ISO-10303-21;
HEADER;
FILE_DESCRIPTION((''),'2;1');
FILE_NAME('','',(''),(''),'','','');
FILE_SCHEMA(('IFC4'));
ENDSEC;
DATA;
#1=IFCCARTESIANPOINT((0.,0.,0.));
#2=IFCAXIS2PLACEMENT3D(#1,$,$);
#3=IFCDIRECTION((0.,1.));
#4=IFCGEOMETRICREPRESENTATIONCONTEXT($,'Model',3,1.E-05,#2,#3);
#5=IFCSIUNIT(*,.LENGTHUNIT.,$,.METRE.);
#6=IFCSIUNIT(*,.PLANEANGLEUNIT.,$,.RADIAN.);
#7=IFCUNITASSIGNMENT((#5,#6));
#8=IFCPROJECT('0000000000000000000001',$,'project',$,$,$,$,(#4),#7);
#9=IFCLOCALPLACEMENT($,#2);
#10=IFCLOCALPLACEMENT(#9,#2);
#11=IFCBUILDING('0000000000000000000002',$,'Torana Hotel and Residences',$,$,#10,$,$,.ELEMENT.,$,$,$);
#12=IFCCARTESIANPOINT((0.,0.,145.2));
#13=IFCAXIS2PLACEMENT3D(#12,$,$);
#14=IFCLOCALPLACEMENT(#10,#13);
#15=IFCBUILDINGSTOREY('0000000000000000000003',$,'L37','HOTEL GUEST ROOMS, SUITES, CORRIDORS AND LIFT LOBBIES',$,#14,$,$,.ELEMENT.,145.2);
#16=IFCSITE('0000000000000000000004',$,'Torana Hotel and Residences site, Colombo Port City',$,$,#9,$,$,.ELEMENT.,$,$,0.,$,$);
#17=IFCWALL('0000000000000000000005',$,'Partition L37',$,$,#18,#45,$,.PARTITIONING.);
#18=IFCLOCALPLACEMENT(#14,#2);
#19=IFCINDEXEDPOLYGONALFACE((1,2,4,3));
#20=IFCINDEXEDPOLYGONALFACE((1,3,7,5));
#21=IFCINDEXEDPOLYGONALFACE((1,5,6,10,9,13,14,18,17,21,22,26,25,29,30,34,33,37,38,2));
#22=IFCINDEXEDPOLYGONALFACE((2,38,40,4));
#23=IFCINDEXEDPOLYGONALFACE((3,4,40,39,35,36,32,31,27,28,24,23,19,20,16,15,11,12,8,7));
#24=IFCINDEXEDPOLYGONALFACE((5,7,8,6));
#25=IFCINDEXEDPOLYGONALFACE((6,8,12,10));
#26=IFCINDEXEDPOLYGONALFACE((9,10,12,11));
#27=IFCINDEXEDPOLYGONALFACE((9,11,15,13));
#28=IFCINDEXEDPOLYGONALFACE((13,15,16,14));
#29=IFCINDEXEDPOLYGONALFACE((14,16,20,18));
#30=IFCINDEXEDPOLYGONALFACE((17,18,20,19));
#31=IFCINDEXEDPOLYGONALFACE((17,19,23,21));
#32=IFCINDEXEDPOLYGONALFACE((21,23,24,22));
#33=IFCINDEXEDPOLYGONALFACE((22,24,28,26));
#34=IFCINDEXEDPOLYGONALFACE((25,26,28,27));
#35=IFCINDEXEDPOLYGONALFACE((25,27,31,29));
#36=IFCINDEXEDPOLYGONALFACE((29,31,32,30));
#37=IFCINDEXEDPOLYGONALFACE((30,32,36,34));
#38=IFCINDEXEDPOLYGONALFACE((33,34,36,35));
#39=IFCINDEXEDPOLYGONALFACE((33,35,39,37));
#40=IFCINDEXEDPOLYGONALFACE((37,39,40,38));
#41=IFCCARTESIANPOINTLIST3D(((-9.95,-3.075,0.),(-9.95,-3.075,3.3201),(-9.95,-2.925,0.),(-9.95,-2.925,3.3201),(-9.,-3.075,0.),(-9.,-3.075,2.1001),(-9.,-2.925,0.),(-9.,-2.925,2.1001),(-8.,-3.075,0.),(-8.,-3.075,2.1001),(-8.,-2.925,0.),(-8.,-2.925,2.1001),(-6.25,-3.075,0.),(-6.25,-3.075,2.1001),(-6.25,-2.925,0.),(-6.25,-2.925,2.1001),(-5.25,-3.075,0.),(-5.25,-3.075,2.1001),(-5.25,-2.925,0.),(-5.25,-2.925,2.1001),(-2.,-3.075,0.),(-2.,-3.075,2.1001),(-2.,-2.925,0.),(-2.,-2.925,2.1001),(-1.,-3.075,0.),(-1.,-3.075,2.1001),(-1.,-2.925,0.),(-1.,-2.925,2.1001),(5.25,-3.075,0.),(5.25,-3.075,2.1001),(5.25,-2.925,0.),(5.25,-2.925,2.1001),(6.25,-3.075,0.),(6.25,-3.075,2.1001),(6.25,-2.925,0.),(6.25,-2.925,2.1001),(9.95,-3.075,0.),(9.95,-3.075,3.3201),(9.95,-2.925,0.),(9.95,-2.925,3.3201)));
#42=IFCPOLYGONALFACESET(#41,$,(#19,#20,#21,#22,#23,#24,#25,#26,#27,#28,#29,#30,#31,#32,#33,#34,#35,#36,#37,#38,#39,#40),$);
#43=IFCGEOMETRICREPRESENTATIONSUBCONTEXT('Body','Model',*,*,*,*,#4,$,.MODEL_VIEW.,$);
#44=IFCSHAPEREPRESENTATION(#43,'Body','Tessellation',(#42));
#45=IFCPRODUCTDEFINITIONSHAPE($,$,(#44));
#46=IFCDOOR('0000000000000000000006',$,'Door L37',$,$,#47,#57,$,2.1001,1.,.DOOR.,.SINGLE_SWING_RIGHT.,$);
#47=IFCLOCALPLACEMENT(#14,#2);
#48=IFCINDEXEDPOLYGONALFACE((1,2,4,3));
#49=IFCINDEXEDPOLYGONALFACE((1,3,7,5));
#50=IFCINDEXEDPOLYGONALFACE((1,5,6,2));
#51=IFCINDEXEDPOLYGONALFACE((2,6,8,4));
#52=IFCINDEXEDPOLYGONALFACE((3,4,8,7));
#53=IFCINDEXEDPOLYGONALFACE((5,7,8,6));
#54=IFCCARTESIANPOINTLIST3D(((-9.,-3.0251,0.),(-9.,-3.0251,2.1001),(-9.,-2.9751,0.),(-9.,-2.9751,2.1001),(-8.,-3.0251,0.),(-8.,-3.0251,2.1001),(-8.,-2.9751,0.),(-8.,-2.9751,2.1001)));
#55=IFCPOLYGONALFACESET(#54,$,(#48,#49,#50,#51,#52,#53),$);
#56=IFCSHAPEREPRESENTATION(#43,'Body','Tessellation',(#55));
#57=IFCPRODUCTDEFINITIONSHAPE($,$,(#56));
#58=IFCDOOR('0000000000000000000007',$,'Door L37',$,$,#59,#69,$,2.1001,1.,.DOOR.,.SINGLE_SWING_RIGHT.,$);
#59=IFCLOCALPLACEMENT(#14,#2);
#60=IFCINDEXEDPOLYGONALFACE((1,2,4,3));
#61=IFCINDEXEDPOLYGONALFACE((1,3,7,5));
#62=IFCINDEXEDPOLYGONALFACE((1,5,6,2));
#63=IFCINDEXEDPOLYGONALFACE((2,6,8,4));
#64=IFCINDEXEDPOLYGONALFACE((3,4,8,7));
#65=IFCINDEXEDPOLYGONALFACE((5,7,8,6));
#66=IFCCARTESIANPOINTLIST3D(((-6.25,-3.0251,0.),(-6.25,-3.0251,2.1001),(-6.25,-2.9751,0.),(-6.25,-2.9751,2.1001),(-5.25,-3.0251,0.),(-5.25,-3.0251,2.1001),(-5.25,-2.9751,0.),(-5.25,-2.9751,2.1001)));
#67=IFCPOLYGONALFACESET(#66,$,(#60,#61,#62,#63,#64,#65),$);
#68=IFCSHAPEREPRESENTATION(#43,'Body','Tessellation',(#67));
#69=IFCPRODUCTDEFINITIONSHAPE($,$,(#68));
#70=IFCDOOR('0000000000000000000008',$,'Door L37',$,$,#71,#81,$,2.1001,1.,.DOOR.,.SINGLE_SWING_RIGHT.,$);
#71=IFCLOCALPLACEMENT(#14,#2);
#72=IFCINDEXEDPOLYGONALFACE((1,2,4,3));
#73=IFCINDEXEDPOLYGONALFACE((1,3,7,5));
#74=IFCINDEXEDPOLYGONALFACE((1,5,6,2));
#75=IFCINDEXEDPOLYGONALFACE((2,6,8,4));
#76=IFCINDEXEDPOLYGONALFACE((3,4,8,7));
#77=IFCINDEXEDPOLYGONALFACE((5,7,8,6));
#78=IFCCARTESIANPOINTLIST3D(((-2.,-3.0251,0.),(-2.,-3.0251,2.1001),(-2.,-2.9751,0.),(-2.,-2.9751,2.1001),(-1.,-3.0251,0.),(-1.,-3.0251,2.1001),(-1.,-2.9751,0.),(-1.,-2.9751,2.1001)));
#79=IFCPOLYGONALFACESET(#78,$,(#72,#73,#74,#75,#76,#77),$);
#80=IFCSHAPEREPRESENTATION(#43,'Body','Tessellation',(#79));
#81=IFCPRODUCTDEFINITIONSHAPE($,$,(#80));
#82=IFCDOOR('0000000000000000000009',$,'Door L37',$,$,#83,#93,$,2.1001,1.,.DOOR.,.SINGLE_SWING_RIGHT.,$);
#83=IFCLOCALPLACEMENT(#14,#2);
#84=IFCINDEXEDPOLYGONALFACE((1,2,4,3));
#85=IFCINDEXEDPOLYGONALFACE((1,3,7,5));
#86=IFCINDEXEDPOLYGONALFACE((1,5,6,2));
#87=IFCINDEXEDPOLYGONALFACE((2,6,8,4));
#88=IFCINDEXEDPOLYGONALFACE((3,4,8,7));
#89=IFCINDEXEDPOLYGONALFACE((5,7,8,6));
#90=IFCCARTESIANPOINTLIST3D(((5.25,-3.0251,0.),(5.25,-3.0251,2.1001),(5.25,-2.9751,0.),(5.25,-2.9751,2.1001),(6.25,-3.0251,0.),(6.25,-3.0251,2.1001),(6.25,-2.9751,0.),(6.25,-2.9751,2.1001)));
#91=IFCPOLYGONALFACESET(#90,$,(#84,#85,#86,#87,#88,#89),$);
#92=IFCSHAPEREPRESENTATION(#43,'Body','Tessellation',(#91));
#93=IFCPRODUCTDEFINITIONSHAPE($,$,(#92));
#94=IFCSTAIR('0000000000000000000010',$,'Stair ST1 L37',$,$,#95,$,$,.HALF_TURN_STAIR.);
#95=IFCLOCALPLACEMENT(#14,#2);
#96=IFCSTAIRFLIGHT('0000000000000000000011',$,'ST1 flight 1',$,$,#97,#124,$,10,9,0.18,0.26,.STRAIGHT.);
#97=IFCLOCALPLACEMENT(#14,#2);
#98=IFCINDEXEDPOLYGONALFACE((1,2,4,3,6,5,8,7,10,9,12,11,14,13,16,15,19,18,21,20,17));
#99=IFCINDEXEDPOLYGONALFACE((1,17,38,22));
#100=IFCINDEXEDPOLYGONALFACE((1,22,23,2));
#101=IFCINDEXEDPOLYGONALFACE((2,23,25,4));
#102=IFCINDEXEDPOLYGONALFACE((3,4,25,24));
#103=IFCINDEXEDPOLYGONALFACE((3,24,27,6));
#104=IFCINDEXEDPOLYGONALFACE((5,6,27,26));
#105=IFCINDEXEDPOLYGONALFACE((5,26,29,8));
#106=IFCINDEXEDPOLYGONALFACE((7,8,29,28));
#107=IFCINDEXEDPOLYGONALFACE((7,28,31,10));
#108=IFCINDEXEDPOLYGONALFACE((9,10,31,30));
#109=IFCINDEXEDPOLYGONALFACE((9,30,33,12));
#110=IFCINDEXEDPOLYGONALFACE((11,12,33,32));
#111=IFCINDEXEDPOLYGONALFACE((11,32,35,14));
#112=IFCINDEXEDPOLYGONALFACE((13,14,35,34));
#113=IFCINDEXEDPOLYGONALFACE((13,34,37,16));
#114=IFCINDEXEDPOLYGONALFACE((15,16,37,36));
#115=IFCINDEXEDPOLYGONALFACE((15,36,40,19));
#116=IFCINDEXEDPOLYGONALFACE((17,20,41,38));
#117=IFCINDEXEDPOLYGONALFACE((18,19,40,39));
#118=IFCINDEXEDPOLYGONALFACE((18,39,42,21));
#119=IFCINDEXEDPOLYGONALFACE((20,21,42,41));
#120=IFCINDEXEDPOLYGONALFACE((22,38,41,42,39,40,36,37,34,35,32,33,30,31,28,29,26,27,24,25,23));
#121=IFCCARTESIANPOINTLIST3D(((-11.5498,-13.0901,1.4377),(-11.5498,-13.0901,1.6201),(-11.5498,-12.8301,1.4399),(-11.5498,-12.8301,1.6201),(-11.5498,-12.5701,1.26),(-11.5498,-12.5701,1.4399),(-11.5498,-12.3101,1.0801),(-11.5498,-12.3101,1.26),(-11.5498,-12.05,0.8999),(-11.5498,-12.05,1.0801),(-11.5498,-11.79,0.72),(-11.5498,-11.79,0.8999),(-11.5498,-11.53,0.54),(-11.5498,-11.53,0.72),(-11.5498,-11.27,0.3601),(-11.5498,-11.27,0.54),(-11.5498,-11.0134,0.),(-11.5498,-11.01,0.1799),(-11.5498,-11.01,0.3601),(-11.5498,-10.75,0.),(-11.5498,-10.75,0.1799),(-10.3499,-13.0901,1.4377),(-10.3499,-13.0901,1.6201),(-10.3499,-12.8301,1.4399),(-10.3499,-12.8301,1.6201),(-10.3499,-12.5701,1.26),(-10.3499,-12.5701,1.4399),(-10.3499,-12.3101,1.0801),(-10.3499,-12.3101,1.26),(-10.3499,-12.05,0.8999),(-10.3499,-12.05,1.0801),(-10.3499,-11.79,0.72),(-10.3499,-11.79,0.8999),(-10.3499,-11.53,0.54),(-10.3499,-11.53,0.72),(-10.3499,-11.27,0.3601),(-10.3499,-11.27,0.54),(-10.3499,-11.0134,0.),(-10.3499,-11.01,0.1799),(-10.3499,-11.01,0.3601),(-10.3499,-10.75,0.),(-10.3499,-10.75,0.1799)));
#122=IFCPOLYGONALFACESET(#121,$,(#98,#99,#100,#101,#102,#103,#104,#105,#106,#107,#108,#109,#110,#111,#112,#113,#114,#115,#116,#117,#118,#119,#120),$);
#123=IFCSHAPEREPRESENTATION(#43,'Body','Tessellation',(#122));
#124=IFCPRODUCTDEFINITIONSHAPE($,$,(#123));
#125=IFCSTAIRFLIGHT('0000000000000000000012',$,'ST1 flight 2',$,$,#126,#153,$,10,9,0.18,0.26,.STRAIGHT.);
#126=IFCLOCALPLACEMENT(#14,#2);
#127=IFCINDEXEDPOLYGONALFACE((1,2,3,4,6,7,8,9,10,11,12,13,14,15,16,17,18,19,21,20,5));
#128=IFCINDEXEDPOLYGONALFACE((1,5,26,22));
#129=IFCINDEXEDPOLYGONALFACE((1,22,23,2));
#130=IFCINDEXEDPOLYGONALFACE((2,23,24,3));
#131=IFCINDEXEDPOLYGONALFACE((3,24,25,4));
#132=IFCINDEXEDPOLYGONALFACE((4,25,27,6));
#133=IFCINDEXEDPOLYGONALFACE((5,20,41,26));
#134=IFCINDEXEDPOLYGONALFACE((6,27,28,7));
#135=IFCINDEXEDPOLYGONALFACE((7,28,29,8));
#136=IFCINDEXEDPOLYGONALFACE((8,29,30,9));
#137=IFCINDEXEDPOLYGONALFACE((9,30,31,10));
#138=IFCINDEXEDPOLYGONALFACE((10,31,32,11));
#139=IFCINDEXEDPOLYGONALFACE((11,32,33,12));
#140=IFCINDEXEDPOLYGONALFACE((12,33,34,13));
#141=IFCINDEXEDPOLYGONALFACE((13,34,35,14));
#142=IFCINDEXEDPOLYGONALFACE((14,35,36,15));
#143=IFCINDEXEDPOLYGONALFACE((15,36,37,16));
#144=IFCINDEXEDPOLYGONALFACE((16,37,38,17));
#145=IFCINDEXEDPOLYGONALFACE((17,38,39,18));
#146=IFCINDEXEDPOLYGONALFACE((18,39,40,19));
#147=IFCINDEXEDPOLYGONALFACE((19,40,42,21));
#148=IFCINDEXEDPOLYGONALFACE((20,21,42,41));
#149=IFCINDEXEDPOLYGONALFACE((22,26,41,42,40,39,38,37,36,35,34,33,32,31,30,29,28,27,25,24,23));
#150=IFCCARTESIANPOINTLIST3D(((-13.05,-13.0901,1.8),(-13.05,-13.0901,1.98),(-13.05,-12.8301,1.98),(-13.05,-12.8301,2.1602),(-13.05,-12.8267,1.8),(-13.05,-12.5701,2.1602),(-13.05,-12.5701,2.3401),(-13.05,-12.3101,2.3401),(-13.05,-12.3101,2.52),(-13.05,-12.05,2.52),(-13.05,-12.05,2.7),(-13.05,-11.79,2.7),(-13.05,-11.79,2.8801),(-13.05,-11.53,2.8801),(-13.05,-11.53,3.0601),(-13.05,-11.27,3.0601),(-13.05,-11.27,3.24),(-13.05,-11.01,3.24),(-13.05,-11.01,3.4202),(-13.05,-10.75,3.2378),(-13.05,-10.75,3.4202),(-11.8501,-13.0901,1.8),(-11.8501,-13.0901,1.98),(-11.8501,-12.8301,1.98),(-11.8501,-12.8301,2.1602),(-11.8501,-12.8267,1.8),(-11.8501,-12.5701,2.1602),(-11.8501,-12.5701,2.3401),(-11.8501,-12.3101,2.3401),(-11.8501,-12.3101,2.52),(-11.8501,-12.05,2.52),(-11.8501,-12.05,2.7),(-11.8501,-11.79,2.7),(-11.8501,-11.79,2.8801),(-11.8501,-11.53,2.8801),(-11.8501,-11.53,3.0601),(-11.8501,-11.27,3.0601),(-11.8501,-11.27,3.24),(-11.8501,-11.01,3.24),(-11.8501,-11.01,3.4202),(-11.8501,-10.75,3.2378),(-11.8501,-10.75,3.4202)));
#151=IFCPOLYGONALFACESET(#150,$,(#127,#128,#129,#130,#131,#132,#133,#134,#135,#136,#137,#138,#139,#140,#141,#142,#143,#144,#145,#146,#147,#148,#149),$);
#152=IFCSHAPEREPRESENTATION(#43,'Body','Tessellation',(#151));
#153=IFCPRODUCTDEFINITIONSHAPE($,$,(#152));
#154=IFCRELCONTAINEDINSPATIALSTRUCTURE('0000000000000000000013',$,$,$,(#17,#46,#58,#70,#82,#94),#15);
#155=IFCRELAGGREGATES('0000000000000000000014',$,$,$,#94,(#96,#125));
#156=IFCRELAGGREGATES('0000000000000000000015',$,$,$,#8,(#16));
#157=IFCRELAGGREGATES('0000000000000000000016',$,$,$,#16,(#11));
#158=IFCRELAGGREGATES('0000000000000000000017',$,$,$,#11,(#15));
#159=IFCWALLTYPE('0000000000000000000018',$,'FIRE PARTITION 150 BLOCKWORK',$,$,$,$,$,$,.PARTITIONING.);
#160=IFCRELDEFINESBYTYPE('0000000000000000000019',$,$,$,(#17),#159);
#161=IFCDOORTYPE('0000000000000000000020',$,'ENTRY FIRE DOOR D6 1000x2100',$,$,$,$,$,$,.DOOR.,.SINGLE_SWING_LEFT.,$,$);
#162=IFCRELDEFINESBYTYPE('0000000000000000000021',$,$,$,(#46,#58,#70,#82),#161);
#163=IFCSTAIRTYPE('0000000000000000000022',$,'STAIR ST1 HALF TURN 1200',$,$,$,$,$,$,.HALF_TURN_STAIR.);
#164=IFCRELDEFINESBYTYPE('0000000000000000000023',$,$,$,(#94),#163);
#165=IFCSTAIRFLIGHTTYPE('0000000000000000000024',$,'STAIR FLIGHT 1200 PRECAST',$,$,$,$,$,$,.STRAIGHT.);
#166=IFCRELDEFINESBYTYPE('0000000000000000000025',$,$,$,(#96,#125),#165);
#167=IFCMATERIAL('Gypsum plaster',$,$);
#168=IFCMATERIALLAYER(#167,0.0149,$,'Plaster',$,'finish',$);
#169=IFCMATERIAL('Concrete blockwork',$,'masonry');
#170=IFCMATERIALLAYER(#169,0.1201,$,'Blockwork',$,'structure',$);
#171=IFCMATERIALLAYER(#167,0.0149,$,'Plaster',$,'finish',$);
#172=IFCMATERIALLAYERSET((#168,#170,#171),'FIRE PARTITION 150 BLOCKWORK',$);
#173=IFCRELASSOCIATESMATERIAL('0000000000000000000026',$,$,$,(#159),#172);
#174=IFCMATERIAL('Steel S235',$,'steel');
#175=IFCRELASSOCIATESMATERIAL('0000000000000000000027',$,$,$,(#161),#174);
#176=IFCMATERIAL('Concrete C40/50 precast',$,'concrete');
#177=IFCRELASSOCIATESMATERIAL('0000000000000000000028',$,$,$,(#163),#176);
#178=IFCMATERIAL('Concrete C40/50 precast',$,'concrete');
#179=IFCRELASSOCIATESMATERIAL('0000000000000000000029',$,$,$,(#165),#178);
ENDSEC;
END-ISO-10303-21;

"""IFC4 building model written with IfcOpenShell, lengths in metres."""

from ifc_helpers import new_model, si_unit, direction, frame, frame_2d, origin, place, context, subcontext, project, spatial, polyline, rectangle, outline, extrude, material, layer, layer_set, type_object, element, fill, aggregate, save


model = new_model("IFC4")

# Units and contexts
model_context = context("Model", 3, precision=1e-05, world=origin(), true_north=direction((0.0, 1.0)))
body_context = subcontext(model_context, "Body", "Model", "MODEL_VIEW")
ifc_project = project(units=[si_unit("LENGTHUNIT", "METRE"), si_unit("PLANEANGLEUNIT", "RADIAN")], contexts=[model_context])

# Site, building, storey
site_placement = place(None, origin())
site = spatial("IfcSite", under=ifc_project, at=site_placement, Name="Torana Hotel and Residences site, Colombo Port City", CompositionType="ELEMENT", RefElevation=0.0)
building_placement = place(site_placement, origin())
building = spatial("IfcBuilding", under=site, at=building_placement, Name="Torana Hotel and Residences", CompositionType="ELEMENT")
storey_placement = place(building_placement, frame((0.0, 0.0, 145.2)))
storey = spatial("IfcBuildingStorey", under=building, at=storey_placement, Name="L37", Description="HOTEL GUEST ROOMS, SUITES, CORRIDORS AND LIFT LOBBIES", CompositionType="ELEMENT", Elevation=145.2)

# Shared definitions
ifc_material_1 = material(Name="Gypsum plaster")
ifc_layer_1 = layer(ifc_material_1, 0.0149, Name="Plaster", Category="finish")
ifc_material_2 = material(Name="Concrete blockwork", Category="masonry")
ifc_layer_2 = layer(ifc_material_2, 0.1201, Name="Blockwork", Category="structure")
ifc_layer_3 = layer(ifc_material_1, 0.0149, Name="Plaster", Category="finish")
ifc_layer_set_1 = layer_set([ifc_layer_1, ifc_layer_2, ifc_layer_3], Name="FIRE PARTITION 150 BLOCKWORK")
wall_type_1 = type_object("IfcWallType", Name="FIRE PARTITION 150 BLOCKWORK", PredefinedType="PARTITIONING", material=ifc_layer_set_1)

# Wall, openings, doors
ifc_material_3 = material(Name="Steel S235", Category="steel")
door_type_1 = type_object("IfcDoorType", Name="ENTRY FIRE DOOR D6 1000x2100", OperationType="SINGLE_SWING_LEFT", PredefinedType="DOOR", material=ifc_material_3)
wall_1_placement = place(storey_placement, frame((-9.95, -3.0, 0.0), z_axis=(0.0, 0.0, 1.0), x_axis=(1.0, 0.0, 0.0)))
wall_1 = element("IfcWall", 1, at=wall_1_placement, inside=storey, type_object=wall_type_1, Name="Partition L37", PredefinedType="PARTITIONING", context=body_context, shape_type="SweptSolid", body=[
    extrude(rectangle(XDim=19.8999, YDim=0.1499, at=frame_2d((9.95, 0.0))), origin(), (0.0, 0.0, 1.0), 3.3201),
])
opening_1_placement = place(wall_1_placement, frame((0.95, 0.0, 0.0)))
opening_1 = element("IfcOpeningElement", 2, at=opening_1_placement, cuts=wall_1, PredefinedType="OPENING", context=body_context, shape_type="SweptSolid", body=[
    extrude(rectangle(XDim=1.0, YDim=2.1001, at=frame_2d((0.5, 1.05))), frame((0.0, 0.085, 0.0), z_axis=(0.0, -1.0, 0.0), x_axis=(1.0, 0.0, 0.0)), (0.0, 0.0, 1.0), 0.1699),
])
opening_2_placement = place(wall_1_placement, frame((3.7, 0.0, 0.0)))
opening_2 = element("IfcOpeningElement", 3, at=opening_2_placement, cuts=wall_1, PredefinedType="OPENING", context=body_context, shape_type="SweptSolid", body=[
    extrude(rectangle(XDim=1.0, YDim=2.1001, at=frame_2d((0.5, 1.05))), frame((0.0, 0.085, 0.0), z_axis=(0.0, -1.0, 0.0), x_axis=(1.0, 0.0, 0.0)), (0.0, 0.0, 1.0), 0.1699),
])
opening_3_placement = place(wall_1_placement, frame((7.95, 0.0, 0.0)))
opening_3 = element("IfcOpeningElement", 4, at=opening_3_placement, cuts=wall_1, PredefinedType="OPENING", context=body_context, shape_type="SweptSolid", body=[
    extrude(rectangle(XDim=1.0, YDim=2.1001, at=frame_2d((0.5, 1.05))), frame((0.0, 0.085, 0.0), z_axis=(0.0, -1.0, 0.0), x_axis=(1.0, 0.0, 0.0)), (0.0, 0.0, 1.0), 0.1699),
])
opening_4_placement = place(wall_1_placement, frame((15.2, 0.0, 0.0)))
opening_4 = element("IfcOpeningElement", 5, at=opening_4_placement, cuts=wall_1, PredefinedType="OPENING", context=body_context, shape_type="SweptSolid", body=[
    extrude(rectangle(XDim=1.0, YDim=2.1001, at=frame_2d((0.5, 1.05))), frame((0.0, 0.085, 0.0), z_axis=(0.0, -1.0, 0.0), x_axis=(1.0, 0.0, 0.0)), (0.0, 0.0, 1.0), 0.1699),
])
door_1_placement = place(opening_1_placement, origin())
door_1 = element("IfcDoor", 6, at=door_1_placement, inside=storey, type_object=door_type_1, Name="Door L37", OperationType="SINGLE_SWING_RIGHT", OverallHeight=2.1001, OverallWidth=1.0, PredefinedType="DOOR", context=body_context, shape_type="SweptSolid", body=[
    extrude(rectangle(XDim=1.0, YDim=2.1001, at=frame_2d((0.5, 1.05))), frame((0.0, 0.0249, 0.0), z_axis=(0.0, -1.0, 0.0), x_axis=(1.0, 0.0, 0.0)), (0.0, 0.0, 1.0), 0.05),
])
fill(opening_1, door_1)
door_2_placement = place(opening_2_placement, origin())
door_2 = element("IfcDoor", 7, at=door_2_placement, inside=storey, type_object=door_type_1, Name="Door L37", OperationType="SINGLE_SWING_RIGHT", OverallHeight=2.1001, OverallWidth=1.0, PredefinedType="DOOR", context=body_context, shape_type="SweptSolid", body=[
    extrude(rectangle(XDim=1.0, YDim=2.1001, at=frame_2d((0.5, 1.05))), frame((0.0, 0.0249, 0.0), z_axis=(0.0, -1.0, 0.0), x_axis=(1.0, 0.0, 0.0)), (0.0, 0.0, 1.0), 0.05),
])
fill(opening_2, door_2)
door_3_placement = place(opening_3_placement, origin())
door_3 = element("IfcDoor", 8, at=door_3_placement, inside=storey, type_object=door_type_1, Name="Door L37", OperationType="SINGLE_SWING_RIGHT", OverallHeight=2.1001, OverallWidth=1.0, PredefinedType="DOOR", context=body_context, shape_type="SweptSolid", body=[
    extrude(rectangle(XDim=1.0, YDim=2.1001, at=frame_2d((0.5, 1.05))), frame((0.0, 0.0249, 0.0), z_axis=(0.0, -1.0, 0.0), x_axis=(1.0, 0.0, 0.0)), (0.0, 0.0, 1.0), 0.05),
])
fill(opening_3, door_3)
door_4_placement = place(opening_4_placement, origin())
door_4 = element("IfcDoor", 9, at=door_4_placement, inside=storey, type_object=door_type_1, Name="Door L37", OperationType="SINGLE_SWING_RIGHT", OverallHeight=2.1001, OverallWidth=1.0, PredefinedType="DOOR", context=body_context, shape_type="SweptSolid", body=[
    extrude(rectangle(XDim=1.0, YDim=2.1001, at=frame_2d((0.5, 1.05))), frame((0.0, 0.0249, 0.0), z_axis=(0.0, -1.0, 0.0), x_axis=(1.0, 0.0, 0.0)), (0.0, 0.0, 1.0), 0.05),
])
fill(opening_4, door_4)

# Stair, stair flights
ifc_material_4 = material(Name="Concrete C40/50 precast", Category="concrete")
stair_type = type_object("IfcStairType", Name="STAIR ST1 HALF TURN 1200", PredefinedType="HALF_TURN_STAIR", material=ifc_material_4)
stair_placement = place(storey_placement, origin())
stair = element("IfcStair", 10, at=stair_placement, inside=storey, type_object=stair_type, Name="Stair ST1 L37", PredefinedType="HALF_TURN_STAIR")
ifc_material_5 = material(Name="Concrete C40/50 precast", Category="concrete")
stair_flight_type = type_object("IfcStairFlightType", Name="STAIR FLIGHT 1200 PRECAST", PredefinedType="STRAIGHT", material=ifc_material_5)
stair_flight_1_placement = place(storey_placement, frame((-10.95, -10.75, 0.0), z_axis=(0.0, 0.0, 1.0), x_axis=(0.0, -1.0, 0.0)))
stair_flight_1 = element("IfcStairFlight", 11, at=stair_flight_1_placement, type_object=stair_flight_type, Name="ST1 flight 1", NumberOfRisers=10, NumberOfTreads=9, PredefinedType="STRAIGHT", RiserHeight=0.18, TreadLength=0.26, context=body_context, shape_type="SweptSolid", body=[
    extrude(outline(polyline([(0.0, 0.0), (0.0, 0.1799), (0.26, 0.1799), (0.26, 0.3601), (0.52, 0.3601), (0.52, 0.54), (0.78, 0.54), (0.78, 0.72), (1.04, 0.72), (1.04, 0.8999), (1.3, 0.8999), (1.3, 1.0801), (1.5601, 1.0801), (1.5601, 1.26), (1.8201, 1.26), (1.8201, 1.4399), (2.0801, 1.4399), (2.0801, 1.6201), (2.3401, 1.6201), (2.3401, 1.8), (2.3401, 1.4377), (0.2634, 0.0), (0.0, 0.0)])), frame((0.0, 0.6001, 0.0), z_axis=(0.0, -1.0, 0.0), x_axis=(1.0, 0.0, 0.0)), (0.0, 0.0, 1.0), 1.2),
])
stair_flight_2_placement = place(storey_placement, frame((-12.45, -13.0901, 1.8), z_axis=(0.0, 0.0, 1.0), x_axis=(0.0, 1.0, 0.0)))
stair_flight_2 = element("IfcStairFlight", 12, at=stair_flight_2_placement, type_object=stair_flight_type, Name="ST1 flight 2", NumberOfRisers=10, NumberOfTreads=9, PredefinedType="STRAIGHT", RiserHeight=0.18, TreadLength=0.26, context=body_context, shape_type="SweptSolid", body=[
    extrude(outline(polyline([(0.0, 0.0), (0.0, 0.1799), (0.26, 0.1799), (0.26, 0.3601), (0.52, 0.3601), (0.52, 0.54), (0.78, 0.54), (0.78, 0.72), (1.04, 0.72), (1.04, 0.8999), (1.3, 0.8999), (1.3, 1.0801), (1.5601, 1.0801), (1.5601, 1.26), (1.8201, 1.26), (1.8201, 1.4399), (2.0801, 1.4399), (2.0801, 1.6201), (2.3401, 1.6201), (2.3401, 1.8), (2.3401, 1.4377), (0.2634, 0.0), (0.0, 0.0)])), frame((0.0, 0.6001, 0.0), z_axis=(0.0, -1.0, 0.0), x_axis=(1.0, 0.0, 0.0)), (0.0, 0.0, 1.0), 1.2),
])
aggregate(stair, [stair_flight_1, stair_flight_2])

save(model, "model.ifc")
